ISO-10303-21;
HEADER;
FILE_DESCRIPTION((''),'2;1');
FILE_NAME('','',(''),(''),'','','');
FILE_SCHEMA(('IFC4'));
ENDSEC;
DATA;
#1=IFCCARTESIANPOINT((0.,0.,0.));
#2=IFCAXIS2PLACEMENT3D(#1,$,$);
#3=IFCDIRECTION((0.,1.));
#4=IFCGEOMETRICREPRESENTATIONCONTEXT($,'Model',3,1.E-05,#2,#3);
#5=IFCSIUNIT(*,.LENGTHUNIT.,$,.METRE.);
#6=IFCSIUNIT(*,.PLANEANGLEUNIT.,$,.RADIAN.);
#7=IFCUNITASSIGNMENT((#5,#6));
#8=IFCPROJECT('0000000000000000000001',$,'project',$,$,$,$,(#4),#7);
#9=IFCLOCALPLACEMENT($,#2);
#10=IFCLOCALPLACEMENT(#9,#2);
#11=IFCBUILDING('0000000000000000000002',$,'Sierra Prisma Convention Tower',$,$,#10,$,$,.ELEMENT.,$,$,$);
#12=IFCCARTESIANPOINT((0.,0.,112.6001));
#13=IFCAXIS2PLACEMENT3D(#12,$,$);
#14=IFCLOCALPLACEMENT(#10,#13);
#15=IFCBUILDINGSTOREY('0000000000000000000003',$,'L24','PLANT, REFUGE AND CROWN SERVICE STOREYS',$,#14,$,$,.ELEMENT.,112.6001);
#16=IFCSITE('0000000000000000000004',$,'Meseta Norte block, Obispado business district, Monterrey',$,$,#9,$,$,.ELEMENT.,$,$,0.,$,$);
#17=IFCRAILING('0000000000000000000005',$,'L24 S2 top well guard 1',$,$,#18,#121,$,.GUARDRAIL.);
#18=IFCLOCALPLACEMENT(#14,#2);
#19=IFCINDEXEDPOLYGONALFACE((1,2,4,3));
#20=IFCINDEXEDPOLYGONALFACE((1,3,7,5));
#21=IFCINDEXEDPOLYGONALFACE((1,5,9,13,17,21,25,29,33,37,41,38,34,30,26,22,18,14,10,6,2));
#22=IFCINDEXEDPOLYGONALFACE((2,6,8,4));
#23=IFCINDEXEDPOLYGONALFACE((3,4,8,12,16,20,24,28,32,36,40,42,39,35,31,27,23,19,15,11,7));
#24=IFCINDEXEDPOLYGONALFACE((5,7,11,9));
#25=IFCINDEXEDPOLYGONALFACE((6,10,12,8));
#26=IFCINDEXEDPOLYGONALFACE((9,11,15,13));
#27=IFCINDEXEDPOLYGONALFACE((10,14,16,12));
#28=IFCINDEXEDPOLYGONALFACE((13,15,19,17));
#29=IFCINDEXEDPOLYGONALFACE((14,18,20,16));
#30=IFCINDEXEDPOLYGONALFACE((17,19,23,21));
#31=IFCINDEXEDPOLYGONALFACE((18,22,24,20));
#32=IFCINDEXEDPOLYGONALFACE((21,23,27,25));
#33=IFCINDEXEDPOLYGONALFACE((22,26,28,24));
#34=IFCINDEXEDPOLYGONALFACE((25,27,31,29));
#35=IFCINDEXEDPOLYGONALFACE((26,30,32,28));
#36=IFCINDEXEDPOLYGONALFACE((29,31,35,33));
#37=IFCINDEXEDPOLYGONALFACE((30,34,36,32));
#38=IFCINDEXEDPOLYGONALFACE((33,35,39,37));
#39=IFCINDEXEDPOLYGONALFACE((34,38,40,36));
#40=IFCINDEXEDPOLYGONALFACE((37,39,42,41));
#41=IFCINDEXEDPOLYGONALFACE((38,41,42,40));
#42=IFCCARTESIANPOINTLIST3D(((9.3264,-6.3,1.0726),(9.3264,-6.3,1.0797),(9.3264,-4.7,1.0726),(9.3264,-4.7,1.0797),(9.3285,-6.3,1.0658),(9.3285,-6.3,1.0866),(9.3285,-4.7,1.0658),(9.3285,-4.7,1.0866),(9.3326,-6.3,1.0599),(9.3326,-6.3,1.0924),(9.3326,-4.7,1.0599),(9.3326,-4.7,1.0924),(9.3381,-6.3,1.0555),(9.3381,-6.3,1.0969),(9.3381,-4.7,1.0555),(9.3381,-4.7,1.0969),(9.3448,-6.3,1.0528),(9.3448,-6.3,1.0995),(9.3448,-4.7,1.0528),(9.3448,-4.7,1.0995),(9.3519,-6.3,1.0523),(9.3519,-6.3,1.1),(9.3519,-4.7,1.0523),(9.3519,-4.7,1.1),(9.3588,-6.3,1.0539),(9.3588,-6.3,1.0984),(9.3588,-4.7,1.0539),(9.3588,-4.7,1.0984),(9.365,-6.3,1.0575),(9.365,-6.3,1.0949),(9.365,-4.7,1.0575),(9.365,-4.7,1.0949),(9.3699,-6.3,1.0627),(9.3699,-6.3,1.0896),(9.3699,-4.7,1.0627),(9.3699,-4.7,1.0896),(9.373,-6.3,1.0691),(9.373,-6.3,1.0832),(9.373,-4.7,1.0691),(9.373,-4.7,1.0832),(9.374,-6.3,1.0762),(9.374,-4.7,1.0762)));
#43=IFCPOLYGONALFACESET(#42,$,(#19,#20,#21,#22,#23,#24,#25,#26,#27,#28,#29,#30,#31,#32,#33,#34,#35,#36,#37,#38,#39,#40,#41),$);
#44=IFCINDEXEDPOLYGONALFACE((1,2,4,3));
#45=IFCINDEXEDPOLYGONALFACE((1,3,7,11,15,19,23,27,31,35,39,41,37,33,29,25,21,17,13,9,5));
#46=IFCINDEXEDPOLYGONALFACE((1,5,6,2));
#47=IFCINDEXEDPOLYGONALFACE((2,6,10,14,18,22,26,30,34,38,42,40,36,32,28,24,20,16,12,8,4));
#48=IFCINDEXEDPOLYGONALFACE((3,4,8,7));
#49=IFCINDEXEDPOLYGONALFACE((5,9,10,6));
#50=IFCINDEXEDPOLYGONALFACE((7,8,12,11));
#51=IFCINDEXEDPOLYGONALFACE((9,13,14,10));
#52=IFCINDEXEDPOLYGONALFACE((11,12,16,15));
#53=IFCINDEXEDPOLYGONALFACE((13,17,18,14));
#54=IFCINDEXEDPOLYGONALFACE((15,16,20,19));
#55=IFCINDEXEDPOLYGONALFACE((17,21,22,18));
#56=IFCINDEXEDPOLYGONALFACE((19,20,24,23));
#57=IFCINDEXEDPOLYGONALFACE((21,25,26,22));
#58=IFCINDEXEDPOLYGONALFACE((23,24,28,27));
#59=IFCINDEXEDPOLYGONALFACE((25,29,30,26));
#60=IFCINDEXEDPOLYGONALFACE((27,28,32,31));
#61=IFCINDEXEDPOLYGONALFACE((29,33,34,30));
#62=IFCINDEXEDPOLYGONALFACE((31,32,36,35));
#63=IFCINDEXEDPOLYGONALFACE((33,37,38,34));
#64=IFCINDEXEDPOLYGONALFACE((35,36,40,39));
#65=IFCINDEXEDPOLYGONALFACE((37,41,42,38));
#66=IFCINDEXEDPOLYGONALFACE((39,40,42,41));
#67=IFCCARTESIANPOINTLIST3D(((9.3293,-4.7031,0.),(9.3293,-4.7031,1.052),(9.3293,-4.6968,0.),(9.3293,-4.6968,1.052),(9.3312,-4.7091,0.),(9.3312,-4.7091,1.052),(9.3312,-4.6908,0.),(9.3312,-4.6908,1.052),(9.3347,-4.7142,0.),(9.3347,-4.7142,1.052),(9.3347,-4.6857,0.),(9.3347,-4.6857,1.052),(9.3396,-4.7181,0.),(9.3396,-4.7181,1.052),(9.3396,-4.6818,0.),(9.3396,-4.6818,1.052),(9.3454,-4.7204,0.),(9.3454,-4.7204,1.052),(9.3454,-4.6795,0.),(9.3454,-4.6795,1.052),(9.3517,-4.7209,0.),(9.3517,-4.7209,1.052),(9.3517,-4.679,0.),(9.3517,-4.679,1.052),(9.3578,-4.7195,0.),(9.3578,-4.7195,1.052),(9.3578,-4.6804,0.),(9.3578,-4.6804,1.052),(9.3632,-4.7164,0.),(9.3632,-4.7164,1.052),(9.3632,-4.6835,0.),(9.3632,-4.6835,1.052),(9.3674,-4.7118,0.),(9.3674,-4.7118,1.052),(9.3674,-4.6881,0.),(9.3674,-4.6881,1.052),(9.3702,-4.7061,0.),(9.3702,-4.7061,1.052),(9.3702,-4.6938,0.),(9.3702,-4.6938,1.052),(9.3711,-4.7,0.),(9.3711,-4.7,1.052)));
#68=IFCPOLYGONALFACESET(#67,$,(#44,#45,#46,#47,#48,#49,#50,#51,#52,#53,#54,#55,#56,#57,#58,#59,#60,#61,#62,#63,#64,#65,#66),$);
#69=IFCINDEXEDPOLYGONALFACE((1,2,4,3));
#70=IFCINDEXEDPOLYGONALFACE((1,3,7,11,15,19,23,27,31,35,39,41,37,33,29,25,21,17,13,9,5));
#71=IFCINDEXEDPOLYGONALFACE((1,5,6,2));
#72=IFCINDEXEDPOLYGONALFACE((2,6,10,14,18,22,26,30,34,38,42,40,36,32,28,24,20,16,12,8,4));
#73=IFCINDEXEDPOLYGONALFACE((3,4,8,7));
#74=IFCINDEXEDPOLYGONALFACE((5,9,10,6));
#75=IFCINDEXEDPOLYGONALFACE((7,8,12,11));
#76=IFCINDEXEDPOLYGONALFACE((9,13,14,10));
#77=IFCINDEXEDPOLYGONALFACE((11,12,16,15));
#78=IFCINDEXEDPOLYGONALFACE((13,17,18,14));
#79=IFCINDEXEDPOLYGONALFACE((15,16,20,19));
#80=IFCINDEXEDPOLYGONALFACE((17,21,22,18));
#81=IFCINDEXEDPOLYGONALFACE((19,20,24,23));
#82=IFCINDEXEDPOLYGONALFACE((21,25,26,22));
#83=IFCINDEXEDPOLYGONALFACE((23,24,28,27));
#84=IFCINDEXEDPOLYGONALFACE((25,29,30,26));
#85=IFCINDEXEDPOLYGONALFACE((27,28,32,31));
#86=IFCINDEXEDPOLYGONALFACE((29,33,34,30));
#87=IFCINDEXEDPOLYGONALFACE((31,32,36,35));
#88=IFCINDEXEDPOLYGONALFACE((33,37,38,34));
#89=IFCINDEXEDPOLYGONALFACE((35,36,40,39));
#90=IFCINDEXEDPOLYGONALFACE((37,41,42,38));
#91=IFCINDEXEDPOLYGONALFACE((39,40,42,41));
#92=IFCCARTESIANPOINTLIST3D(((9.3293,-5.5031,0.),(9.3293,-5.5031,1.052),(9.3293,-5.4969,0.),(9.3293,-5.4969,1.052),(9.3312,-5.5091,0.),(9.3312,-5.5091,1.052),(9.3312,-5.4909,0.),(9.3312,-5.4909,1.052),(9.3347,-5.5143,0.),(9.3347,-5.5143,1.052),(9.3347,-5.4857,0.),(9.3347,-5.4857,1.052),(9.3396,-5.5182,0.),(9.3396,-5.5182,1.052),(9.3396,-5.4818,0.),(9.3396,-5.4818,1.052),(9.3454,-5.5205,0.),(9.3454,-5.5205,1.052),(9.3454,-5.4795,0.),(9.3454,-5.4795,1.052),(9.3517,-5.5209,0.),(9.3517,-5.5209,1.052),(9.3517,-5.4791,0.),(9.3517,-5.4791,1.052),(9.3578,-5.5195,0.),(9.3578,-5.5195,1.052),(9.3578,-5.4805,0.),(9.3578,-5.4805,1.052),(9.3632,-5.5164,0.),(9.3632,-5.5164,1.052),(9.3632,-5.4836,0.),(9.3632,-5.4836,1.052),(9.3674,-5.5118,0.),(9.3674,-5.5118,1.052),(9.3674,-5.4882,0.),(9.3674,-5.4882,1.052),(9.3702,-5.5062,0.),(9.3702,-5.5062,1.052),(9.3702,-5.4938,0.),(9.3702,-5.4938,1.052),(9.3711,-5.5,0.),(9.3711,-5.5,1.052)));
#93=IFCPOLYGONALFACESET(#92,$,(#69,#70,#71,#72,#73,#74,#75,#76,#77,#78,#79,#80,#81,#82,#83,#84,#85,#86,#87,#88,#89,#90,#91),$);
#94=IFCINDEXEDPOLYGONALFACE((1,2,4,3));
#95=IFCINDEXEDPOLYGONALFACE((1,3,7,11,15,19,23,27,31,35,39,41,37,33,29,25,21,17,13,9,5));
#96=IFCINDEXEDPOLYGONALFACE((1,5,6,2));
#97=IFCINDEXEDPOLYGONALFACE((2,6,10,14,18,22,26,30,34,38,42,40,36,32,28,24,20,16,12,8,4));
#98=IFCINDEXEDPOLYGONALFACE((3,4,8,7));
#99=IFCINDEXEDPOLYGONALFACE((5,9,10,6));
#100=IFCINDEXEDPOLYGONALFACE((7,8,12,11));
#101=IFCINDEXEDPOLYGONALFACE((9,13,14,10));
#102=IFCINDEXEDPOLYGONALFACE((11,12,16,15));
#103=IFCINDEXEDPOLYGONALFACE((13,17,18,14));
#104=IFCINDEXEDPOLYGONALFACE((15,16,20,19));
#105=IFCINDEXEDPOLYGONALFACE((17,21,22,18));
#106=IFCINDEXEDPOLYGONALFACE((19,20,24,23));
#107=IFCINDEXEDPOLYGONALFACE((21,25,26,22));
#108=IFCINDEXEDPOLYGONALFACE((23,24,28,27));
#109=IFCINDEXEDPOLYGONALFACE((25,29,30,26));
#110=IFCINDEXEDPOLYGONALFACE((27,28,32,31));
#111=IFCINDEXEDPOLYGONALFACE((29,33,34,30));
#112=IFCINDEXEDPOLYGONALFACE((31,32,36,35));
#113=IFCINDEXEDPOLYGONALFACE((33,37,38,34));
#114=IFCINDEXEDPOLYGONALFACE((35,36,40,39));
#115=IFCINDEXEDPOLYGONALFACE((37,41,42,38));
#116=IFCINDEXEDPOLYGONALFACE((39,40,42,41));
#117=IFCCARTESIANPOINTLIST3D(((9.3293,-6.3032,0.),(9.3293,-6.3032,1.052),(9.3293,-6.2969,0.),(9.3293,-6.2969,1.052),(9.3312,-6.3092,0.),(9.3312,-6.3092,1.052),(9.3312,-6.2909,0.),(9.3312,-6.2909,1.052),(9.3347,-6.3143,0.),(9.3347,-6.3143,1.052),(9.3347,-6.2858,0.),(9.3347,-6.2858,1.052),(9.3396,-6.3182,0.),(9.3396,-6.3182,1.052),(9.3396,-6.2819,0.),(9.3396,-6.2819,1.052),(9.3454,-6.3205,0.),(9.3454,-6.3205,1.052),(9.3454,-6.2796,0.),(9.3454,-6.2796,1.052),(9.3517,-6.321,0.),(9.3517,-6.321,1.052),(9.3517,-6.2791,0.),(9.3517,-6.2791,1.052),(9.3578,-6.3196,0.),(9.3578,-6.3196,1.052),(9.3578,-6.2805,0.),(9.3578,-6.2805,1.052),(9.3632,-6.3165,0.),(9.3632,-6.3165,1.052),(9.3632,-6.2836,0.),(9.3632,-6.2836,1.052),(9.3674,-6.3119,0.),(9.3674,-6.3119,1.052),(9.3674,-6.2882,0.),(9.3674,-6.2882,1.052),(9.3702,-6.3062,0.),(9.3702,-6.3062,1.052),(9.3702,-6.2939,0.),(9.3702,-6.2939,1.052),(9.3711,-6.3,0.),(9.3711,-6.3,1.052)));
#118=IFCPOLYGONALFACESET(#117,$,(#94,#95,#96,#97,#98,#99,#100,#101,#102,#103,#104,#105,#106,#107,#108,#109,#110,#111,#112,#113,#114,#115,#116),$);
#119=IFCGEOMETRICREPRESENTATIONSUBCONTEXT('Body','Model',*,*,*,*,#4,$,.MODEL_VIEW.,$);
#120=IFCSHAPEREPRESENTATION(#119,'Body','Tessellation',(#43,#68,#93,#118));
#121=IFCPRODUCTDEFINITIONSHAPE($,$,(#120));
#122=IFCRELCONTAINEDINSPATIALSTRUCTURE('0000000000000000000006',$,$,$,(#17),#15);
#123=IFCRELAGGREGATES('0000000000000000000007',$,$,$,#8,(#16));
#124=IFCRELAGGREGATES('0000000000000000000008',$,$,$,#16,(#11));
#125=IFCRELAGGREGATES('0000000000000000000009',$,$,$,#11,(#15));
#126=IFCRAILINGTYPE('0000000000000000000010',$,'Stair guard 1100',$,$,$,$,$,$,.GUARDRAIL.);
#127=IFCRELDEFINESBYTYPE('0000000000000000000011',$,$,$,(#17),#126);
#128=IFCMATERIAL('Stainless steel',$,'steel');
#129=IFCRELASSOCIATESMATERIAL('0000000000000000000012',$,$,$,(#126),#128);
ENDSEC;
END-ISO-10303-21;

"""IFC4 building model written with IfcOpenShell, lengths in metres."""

from ifc_helpers import new_model, si_unit, direction, frame, origin, origin_2d, place, context, subcontext, project, spatial, circle, extrude, material, type_object, element, save


model = new_model("IFC4")

# Units and contexts
model_context = context("Model", 3, precision=1e-05, world=origin(), true_north=direction((0.0, 1.0)))
body_context = subcontext(model_context, "Body", "Model", "MODEL_VIEW")
ifc_project = project(units=[si_unit("LENGTHUNIT", "METRE"), si_unit("PLANEANGLEUNIT", "RADIAN")], contexts=[model_context])

# Site, building, storey
site_placement = place(None, origin())
site = spatial("IfcSite", under=ifc_project, at=site_placement, Name="Meseta Norte block, Obispado business district, Monterrey", CompositionType="ELEMENT", RefElevation=0.0)
building_placement = place(site_placement, origin())
building = spatial("IfcBuilding", under=site, at=building_placement, Name="Sierra Prisma Convention Tower", CompositionType="ELEMENT")
storey_placement = place(building_placement, frame((0.0, 0.0, 112.6001)))
storey = spatial("IfcBuildingStorey", under=building, at=storey_placement, Name="L24", Description="PLANT, REFUGE AND CROWN SERVICE STOREYS", CompositionType="ELEMENT", Elevation=112.6001)

# Railing
ifc_material_1 = material(Name="Stainless steel", Category="steel")
railing_type = type_object("IfcRailingType", Name="Stair guard 1100", PredefinedType="GUARDRAIL", material=ifc_material_1)
railing_placement = place(storey_placement, frame((9.3501, -4.7, 0.0)))
element("IfcRailing", 1, at=railing_placement, inside=storey, type_object=railing_type, Name="L24 S2 top well guard 1", PredefinedType="GUARDRAIL", context=body_context, shape_type="SweptSolid", body=[
    extrude(circle(Radius=0.0239, at=origin_2d()), frame((0.0, 0.0, 1.0762), z_axis=(0.0, -1.0, 0.0), x_axis=(1.0, 0.0, 0.0)), (0.0, 0.0, 1.0), 1.6001),
    extrude(circle(Radius=0.021, at=origin_2d()), origin(), (0.0, 0.0, 1.0), 1.052),
    extrude(circle(Radius=0.021, at=origin_2d()), frame((0.0, -0.8, 0.0)), (0.0, 0.0, 1.0), 1.052),
    extrude(circle(Radius=0.021, at=origin_2d()), frame((0.0, -1.6001, 0.0)), (0.0, 0.0, 1.0), 1.052),
])

save(model, "model.ifc")
